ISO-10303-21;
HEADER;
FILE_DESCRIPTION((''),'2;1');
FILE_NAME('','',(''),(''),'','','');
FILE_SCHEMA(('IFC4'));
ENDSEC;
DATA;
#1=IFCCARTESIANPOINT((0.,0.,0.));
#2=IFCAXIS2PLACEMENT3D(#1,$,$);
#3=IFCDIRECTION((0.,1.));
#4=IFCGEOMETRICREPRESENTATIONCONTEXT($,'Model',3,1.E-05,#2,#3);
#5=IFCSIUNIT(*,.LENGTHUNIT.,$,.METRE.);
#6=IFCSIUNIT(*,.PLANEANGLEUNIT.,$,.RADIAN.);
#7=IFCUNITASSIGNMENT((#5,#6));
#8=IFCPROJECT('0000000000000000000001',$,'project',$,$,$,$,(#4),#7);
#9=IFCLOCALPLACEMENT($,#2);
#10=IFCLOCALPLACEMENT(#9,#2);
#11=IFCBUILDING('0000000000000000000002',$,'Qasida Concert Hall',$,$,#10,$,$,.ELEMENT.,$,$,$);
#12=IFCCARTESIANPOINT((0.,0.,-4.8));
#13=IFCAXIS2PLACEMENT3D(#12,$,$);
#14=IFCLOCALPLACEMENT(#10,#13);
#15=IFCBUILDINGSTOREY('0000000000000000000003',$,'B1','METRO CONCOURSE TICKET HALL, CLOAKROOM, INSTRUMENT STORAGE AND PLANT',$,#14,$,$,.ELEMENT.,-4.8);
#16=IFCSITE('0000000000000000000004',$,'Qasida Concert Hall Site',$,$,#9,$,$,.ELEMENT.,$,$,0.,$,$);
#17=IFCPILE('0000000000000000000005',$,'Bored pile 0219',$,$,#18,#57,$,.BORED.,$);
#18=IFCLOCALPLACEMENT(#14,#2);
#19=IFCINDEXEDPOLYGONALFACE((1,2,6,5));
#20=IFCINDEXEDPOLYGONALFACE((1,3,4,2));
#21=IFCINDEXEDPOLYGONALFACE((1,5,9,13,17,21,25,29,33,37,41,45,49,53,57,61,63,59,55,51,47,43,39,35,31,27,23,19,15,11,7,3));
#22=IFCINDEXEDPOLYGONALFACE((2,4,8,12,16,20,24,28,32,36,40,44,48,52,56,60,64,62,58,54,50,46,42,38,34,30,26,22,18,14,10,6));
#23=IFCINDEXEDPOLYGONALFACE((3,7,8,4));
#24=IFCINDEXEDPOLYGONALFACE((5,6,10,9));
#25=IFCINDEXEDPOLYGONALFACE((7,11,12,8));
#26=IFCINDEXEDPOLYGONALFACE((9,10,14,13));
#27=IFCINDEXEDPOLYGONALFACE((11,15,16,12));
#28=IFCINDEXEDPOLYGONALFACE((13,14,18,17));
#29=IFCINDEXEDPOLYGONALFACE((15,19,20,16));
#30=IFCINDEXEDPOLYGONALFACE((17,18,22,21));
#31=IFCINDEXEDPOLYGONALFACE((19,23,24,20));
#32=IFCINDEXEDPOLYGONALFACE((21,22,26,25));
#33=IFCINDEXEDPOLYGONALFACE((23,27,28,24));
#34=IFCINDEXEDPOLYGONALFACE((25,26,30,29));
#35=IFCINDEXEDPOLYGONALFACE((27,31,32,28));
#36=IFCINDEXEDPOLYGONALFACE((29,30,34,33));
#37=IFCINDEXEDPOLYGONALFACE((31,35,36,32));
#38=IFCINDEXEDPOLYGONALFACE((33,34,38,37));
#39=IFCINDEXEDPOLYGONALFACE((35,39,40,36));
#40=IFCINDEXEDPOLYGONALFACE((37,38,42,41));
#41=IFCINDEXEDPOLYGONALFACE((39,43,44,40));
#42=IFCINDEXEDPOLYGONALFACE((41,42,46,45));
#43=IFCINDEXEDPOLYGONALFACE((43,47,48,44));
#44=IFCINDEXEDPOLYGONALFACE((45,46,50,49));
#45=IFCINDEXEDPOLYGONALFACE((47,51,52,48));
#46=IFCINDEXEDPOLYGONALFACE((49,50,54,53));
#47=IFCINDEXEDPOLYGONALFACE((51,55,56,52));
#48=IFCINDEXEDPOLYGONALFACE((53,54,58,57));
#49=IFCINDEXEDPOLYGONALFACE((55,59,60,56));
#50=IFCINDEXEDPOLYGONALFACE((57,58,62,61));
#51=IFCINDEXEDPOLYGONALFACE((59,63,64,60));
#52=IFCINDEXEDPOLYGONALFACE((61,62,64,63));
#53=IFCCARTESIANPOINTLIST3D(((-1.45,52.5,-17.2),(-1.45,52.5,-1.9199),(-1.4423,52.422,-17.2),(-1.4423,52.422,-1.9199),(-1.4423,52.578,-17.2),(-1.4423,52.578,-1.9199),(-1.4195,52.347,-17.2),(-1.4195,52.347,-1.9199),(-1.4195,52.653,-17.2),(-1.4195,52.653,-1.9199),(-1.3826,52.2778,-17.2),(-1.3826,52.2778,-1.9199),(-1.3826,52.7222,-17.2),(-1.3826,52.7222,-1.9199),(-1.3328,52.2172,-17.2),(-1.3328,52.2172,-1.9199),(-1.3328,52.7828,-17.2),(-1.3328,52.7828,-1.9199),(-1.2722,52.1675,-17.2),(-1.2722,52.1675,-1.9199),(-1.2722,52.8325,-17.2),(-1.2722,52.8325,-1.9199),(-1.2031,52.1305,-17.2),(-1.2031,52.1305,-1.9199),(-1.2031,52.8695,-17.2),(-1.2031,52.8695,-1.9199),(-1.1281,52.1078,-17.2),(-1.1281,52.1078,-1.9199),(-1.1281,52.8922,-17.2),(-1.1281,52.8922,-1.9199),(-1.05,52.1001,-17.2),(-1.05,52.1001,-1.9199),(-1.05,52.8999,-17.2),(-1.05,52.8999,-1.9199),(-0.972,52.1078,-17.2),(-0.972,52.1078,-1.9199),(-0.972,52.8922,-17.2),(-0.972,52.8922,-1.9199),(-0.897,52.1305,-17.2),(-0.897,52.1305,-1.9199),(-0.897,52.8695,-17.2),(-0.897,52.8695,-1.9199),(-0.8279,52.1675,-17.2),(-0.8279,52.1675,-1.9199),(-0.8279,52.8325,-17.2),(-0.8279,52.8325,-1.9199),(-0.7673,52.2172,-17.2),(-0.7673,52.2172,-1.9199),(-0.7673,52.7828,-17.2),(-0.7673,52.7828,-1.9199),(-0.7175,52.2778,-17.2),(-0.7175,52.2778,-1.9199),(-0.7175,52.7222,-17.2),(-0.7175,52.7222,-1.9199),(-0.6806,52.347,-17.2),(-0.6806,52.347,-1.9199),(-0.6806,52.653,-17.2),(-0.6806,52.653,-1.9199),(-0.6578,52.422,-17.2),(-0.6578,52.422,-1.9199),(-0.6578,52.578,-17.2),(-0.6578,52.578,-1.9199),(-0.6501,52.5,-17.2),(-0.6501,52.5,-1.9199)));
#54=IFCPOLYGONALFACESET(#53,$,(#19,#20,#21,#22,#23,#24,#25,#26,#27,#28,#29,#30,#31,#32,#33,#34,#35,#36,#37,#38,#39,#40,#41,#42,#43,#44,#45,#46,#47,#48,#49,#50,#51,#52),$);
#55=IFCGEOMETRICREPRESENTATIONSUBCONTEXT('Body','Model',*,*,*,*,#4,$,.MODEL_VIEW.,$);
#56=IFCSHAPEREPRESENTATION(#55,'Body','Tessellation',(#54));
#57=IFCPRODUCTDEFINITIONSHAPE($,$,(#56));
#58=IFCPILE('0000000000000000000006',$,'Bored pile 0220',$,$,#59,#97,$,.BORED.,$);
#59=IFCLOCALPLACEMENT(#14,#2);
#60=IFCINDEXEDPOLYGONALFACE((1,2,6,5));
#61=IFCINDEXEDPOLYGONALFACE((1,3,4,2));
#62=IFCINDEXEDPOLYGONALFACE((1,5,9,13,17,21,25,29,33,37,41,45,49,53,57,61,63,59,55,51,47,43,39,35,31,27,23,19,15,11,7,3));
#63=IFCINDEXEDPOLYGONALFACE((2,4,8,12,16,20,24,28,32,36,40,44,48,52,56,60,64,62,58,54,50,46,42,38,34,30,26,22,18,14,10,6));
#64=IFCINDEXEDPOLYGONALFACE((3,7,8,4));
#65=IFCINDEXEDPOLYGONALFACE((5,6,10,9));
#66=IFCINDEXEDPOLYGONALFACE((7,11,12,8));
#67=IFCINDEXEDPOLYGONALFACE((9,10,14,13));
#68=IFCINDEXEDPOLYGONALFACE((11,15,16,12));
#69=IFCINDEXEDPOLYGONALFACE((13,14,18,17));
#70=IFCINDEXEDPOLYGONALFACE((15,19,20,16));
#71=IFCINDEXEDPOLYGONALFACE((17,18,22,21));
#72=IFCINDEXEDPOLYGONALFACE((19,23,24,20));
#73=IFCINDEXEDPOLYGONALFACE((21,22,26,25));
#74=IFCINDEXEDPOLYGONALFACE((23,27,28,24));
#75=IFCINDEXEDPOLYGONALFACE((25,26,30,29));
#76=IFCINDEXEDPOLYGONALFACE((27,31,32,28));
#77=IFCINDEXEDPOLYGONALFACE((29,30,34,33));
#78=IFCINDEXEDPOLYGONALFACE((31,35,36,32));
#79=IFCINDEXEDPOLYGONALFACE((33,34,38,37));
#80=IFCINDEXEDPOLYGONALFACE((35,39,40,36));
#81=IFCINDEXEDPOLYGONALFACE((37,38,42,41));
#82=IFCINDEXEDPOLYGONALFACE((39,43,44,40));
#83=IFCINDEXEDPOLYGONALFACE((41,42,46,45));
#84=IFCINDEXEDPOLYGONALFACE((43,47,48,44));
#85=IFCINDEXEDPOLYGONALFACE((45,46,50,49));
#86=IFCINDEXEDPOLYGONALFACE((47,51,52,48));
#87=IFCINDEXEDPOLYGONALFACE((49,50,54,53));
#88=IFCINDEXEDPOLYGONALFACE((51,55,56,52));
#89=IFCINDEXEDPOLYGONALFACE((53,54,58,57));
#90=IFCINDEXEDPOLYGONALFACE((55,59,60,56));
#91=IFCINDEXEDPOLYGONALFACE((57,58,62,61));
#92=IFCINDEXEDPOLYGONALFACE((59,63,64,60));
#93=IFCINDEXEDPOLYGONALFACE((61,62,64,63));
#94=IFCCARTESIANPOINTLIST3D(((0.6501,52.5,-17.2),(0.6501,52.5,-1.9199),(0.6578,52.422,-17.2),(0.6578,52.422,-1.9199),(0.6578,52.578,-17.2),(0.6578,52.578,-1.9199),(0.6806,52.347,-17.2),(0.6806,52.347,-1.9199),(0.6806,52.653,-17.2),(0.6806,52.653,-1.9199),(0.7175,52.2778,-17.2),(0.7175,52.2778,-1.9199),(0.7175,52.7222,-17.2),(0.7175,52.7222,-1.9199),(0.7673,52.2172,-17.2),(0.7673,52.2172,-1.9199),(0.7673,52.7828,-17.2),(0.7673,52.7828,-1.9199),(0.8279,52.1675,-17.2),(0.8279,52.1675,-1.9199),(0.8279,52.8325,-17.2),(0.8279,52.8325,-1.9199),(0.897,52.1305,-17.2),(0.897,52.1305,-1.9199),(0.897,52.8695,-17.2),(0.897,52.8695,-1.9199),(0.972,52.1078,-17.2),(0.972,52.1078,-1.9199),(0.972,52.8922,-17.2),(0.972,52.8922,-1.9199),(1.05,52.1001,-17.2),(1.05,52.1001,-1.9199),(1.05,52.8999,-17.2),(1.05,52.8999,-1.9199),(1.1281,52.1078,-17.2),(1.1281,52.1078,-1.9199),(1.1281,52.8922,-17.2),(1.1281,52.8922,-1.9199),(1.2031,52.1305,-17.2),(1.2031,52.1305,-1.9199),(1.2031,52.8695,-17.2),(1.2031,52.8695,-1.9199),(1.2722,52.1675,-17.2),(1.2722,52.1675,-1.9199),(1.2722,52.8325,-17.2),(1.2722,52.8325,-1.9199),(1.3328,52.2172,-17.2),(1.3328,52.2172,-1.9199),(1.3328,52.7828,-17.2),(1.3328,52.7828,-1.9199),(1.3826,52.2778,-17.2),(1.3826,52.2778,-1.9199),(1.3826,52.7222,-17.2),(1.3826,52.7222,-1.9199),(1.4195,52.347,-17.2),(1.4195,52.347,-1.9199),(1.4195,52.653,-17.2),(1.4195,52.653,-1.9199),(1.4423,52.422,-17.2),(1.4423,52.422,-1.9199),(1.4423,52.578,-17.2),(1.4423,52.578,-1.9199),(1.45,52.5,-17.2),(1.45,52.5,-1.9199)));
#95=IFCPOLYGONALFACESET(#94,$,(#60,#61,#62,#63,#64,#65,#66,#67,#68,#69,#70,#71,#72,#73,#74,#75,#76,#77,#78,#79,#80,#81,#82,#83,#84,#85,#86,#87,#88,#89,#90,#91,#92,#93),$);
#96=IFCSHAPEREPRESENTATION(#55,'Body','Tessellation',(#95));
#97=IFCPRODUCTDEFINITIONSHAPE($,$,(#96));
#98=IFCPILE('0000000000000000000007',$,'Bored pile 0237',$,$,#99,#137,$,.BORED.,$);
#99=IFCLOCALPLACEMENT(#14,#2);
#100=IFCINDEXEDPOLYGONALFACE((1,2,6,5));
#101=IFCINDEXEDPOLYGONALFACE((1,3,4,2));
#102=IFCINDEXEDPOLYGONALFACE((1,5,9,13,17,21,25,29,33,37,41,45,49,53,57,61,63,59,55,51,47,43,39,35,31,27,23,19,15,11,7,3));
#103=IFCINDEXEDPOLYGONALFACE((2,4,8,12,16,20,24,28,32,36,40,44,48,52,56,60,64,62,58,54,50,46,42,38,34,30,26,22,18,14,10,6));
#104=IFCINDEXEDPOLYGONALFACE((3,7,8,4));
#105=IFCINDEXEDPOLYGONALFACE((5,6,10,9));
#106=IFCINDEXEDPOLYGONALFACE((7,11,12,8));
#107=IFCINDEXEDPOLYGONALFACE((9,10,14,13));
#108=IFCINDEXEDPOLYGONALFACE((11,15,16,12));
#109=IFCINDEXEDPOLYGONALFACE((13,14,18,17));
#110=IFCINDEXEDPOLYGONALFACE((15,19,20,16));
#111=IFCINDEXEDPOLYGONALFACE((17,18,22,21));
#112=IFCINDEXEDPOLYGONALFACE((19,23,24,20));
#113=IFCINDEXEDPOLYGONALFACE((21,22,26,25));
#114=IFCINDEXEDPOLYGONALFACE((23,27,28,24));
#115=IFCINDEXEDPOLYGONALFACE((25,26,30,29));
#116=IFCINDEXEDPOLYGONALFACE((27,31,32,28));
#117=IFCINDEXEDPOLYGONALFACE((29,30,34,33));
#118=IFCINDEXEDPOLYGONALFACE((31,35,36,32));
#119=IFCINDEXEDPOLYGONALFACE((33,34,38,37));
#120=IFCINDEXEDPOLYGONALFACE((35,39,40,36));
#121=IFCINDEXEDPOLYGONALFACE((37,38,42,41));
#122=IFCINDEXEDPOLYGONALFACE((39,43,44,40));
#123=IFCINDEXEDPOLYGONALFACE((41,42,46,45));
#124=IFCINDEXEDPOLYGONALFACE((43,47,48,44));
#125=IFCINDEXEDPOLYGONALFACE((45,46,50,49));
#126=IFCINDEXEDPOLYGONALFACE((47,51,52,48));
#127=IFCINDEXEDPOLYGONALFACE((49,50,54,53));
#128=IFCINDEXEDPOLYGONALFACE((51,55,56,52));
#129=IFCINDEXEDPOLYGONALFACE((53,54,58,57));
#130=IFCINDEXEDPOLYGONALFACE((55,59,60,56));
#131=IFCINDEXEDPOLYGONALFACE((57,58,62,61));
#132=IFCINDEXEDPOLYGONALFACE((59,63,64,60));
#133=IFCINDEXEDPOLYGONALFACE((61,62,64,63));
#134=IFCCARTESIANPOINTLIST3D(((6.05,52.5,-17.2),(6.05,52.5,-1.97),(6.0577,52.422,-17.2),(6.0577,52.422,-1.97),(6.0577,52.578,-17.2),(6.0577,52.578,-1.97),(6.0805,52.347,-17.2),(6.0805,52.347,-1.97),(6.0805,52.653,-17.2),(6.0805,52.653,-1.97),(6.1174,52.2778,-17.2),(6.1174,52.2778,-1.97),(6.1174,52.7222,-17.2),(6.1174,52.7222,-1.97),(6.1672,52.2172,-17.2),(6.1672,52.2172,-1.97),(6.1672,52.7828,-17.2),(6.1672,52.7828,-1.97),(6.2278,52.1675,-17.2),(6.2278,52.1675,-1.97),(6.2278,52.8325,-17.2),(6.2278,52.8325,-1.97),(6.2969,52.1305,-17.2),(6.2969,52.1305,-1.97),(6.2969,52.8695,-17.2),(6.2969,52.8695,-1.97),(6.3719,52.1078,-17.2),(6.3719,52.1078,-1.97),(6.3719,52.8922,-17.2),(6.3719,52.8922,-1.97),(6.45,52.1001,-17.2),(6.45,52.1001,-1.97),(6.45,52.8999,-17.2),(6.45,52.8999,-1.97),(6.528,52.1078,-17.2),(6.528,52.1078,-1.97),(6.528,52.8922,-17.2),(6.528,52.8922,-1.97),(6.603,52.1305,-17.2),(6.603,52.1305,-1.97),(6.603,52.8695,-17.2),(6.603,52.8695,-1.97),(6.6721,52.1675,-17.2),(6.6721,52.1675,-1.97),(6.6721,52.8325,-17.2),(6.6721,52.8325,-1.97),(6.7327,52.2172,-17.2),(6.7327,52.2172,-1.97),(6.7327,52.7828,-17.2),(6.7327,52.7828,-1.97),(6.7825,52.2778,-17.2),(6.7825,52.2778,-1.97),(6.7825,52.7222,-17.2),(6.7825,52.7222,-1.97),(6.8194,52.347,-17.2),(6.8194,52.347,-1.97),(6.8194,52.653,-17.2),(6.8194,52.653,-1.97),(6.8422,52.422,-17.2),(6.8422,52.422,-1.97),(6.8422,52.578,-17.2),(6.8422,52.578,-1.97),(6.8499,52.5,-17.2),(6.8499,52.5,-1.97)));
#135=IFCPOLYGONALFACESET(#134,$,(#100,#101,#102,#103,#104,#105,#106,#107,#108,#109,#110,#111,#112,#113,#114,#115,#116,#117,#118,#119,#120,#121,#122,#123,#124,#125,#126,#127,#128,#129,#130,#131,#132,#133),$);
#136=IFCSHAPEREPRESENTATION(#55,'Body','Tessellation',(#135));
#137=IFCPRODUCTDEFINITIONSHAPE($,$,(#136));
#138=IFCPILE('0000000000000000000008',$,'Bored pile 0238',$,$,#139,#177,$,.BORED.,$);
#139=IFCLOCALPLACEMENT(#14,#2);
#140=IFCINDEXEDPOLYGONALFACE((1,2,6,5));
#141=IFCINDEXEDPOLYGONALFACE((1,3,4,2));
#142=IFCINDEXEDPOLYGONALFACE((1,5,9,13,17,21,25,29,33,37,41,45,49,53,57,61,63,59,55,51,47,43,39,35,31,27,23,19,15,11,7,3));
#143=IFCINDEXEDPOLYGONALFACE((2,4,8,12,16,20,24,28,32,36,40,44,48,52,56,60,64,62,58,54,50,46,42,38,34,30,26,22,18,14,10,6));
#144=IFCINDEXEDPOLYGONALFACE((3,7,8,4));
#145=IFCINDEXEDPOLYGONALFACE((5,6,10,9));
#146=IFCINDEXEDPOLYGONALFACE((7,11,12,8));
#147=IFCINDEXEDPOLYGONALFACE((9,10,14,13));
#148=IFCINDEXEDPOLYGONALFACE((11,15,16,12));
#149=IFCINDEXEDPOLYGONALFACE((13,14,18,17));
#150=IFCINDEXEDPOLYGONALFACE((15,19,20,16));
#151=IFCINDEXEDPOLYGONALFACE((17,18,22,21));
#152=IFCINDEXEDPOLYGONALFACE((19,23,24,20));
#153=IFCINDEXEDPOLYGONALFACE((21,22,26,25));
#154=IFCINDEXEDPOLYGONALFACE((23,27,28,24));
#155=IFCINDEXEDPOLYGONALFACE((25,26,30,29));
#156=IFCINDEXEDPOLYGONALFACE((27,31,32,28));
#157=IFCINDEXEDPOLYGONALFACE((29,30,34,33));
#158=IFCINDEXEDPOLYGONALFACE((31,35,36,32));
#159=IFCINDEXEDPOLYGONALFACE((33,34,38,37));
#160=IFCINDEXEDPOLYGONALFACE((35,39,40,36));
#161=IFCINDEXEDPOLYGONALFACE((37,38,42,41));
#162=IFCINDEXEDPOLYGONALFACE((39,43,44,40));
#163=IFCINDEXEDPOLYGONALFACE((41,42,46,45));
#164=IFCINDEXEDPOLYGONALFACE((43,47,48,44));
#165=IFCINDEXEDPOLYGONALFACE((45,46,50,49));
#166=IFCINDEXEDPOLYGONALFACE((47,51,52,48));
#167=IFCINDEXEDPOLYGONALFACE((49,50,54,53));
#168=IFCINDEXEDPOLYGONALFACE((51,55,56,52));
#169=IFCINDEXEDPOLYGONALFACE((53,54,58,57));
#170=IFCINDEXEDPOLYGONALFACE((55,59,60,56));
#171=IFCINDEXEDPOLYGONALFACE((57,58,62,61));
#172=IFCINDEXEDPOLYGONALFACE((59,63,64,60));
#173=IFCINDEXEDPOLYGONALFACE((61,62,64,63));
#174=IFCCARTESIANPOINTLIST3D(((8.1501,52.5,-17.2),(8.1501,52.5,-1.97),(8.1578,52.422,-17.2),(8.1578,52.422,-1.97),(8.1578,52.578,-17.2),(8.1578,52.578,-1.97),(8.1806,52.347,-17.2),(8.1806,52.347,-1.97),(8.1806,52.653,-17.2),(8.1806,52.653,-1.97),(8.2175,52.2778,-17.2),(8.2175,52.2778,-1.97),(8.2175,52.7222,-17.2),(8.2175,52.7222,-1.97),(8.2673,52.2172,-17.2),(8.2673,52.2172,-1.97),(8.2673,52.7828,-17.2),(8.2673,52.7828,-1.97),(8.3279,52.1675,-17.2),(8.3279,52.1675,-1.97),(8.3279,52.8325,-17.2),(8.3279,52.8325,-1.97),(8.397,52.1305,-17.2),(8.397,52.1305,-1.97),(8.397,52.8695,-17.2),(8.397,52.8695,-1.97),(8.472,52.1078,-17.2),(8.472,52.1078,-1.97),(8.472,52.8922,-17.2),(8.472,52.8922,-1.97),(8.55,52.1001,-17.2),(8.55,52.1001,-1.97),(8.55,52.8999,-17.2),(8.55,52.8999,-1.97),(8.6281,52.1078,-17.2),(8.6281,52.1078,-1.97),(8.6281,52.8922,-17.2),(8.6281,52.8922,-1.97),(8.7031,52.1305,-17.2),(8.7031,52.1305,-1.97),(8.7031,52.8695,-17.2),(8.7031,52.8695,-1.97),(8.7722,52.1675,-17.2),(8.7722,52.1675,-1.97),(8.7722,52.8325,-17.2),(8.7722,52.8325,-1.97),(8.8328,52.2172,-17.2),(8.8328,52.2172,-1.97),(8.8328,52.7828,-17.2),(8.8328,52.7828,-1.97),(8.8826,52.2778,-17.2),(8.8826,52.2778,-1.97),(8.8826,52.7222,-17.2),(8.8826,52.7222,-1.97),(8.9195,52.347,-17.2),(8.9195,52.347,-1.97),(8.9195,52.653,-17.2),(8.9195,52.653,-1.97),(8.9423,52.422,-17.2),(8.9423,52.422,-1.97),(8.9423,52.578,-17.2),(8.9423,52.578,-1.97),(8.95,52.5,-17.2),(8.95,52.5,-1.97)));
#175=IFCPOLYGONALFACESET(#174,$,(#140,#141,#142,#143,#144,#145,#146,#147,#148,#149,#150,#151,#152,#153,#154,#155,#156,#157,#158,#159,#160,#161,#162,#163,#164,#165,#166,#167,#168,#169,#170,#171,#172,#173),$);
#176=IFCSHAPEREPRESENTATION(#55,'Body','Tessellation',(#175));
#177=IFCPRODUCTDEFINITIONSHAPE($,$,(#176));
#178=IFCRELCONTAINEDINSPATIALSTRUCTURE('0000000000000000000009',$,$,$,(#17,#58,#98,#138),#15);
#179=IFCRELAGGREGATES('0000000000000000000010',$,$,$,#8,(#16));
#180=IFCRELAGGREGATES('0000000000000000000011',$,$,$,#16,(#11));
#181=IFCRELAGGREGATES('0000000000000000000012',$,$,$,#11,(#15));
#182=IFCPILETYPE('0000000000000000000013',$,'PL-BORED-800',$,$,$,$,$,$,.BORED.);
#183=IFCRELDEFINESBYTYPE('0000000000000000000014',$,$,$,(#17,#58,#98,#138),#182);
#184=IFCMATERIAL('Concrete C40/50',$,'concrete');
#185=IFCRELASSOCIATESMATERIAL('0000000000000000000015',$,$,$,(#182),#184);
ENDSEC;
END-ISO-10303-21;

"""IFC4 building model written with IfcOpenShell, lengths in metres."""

from ifc_helpers import new_model, si_unit, direction, frame, origin, origin_2d, place, context, subcontext, project, spatial, circle, extrude, material, material_profile, profile_set, type_object, element, save


model = new_model("IFC4")

# Units and contexts
model_context = context("Model", 3, precision=1e-05, world=origin(), true_north=direction((0.0, 1.0)))
body_context = subcontext(model_context, "Body", "Model", "MODEL_VIEW")
ifc_project = project(units=[si_unit("LENGTHUNIT", "METRE"), si_unit("PLANEANGLEUNIT", "RADIAN")], contexts=[model_context])

# Site, building, storey
site_placement = place(None, origin())
site = spatial("IfcSite", under=ifc_project, at=site_placement, Name="Qasida Concert Hall Site", CompositionType="ELEMENT", RefElevation=0.0)
building_placement = place(site_placement, origin())
building = spatial("IfcBuilding", under=site, at=building_placement, Name="Qasida Concert Hall", CompositionType="ELEMENT")
storey_placement = place(building_placement, frame((0.0, 0.0, -4.8)))
storey = spatial("IfcBuildingStorey", under=building, at=storey_placement, Name="B1", Description="METRO CONCOURSE TICKET HALL, CLOAKROOM, INSTRUMENT STORAGE AND PLANT", CompositionType="ELEMENT", Elevation=-4.8)

# Shared definitions
ifc_material_1 = material(Name="Concrete C40/50", Category="concrete")

# Piles
ifc_material_profile_1 = material_profile(ifc_material_1, circle(Radius=0.3999, at=origin_2d()), Name="BORED PILE D800")
ifc_profile_set_1 = profile_set([ifc_material_profile_1], Name="Concrete C40/50")
pile_type_1 = type_object("IfcPileType", Name="PL-BORED-800", PredefinedType="BORED", material=ifc_profile_set_1)
for number, where, z_axis, x_axis, name in (
    (1, (-1.05, 52.5, -1.9199), (0.0, 0.0, -1.0), (1.0, 0.0, 0.0), "Bored pile 0219"),
    (2, (1.05, 52.5, -1.9199), (0.0, 0.0, -1.0), (1.0, 0.0, 0.0), "Bored pile 0220"),
):
    element("IfcPile", number, at=place(storey_placement, frame(where, z_axis=z_axis, x_axis=x_axis)), inside=storey, type_object=pile_type_1, Name=name, PredefinedType="BORED", context=body_context, shape_type="SweptSolid", body=[
        extrude(circle(Radius=0.3999, at=origin_2d()), origin(), (0.0, 0.0, 1.0), 15.28),
    ])
for number, where, z_axis, x_axis, name in (
    (3, (6.45, 52.5, -1.97), (0.0, 0.0, -1.0), (1.0, 0.0, 0.0), "Bored pile 0237"),
    (4, (8.55, 52.5, -1.97), (0.0, 0.0, -1.0), (1.0, 0.0, 0.0), "Bored pile 0238"),
):
    element("IfcPile", number, at=place(storey_placement, frame(where, z_axis=z_axis, x_axis=x_axis)), inside=storey, type_object=pile_type_1, Name=name, PredefinedType="BORED", context=body_context, shape_type="SweptSolid", body=[
        extrude(circle(Radius=0.3999, at=origin_2d()), origin(), (0.0, 0.0, 1.0), 15.23),
    ])

save(model, "model.ifc")
